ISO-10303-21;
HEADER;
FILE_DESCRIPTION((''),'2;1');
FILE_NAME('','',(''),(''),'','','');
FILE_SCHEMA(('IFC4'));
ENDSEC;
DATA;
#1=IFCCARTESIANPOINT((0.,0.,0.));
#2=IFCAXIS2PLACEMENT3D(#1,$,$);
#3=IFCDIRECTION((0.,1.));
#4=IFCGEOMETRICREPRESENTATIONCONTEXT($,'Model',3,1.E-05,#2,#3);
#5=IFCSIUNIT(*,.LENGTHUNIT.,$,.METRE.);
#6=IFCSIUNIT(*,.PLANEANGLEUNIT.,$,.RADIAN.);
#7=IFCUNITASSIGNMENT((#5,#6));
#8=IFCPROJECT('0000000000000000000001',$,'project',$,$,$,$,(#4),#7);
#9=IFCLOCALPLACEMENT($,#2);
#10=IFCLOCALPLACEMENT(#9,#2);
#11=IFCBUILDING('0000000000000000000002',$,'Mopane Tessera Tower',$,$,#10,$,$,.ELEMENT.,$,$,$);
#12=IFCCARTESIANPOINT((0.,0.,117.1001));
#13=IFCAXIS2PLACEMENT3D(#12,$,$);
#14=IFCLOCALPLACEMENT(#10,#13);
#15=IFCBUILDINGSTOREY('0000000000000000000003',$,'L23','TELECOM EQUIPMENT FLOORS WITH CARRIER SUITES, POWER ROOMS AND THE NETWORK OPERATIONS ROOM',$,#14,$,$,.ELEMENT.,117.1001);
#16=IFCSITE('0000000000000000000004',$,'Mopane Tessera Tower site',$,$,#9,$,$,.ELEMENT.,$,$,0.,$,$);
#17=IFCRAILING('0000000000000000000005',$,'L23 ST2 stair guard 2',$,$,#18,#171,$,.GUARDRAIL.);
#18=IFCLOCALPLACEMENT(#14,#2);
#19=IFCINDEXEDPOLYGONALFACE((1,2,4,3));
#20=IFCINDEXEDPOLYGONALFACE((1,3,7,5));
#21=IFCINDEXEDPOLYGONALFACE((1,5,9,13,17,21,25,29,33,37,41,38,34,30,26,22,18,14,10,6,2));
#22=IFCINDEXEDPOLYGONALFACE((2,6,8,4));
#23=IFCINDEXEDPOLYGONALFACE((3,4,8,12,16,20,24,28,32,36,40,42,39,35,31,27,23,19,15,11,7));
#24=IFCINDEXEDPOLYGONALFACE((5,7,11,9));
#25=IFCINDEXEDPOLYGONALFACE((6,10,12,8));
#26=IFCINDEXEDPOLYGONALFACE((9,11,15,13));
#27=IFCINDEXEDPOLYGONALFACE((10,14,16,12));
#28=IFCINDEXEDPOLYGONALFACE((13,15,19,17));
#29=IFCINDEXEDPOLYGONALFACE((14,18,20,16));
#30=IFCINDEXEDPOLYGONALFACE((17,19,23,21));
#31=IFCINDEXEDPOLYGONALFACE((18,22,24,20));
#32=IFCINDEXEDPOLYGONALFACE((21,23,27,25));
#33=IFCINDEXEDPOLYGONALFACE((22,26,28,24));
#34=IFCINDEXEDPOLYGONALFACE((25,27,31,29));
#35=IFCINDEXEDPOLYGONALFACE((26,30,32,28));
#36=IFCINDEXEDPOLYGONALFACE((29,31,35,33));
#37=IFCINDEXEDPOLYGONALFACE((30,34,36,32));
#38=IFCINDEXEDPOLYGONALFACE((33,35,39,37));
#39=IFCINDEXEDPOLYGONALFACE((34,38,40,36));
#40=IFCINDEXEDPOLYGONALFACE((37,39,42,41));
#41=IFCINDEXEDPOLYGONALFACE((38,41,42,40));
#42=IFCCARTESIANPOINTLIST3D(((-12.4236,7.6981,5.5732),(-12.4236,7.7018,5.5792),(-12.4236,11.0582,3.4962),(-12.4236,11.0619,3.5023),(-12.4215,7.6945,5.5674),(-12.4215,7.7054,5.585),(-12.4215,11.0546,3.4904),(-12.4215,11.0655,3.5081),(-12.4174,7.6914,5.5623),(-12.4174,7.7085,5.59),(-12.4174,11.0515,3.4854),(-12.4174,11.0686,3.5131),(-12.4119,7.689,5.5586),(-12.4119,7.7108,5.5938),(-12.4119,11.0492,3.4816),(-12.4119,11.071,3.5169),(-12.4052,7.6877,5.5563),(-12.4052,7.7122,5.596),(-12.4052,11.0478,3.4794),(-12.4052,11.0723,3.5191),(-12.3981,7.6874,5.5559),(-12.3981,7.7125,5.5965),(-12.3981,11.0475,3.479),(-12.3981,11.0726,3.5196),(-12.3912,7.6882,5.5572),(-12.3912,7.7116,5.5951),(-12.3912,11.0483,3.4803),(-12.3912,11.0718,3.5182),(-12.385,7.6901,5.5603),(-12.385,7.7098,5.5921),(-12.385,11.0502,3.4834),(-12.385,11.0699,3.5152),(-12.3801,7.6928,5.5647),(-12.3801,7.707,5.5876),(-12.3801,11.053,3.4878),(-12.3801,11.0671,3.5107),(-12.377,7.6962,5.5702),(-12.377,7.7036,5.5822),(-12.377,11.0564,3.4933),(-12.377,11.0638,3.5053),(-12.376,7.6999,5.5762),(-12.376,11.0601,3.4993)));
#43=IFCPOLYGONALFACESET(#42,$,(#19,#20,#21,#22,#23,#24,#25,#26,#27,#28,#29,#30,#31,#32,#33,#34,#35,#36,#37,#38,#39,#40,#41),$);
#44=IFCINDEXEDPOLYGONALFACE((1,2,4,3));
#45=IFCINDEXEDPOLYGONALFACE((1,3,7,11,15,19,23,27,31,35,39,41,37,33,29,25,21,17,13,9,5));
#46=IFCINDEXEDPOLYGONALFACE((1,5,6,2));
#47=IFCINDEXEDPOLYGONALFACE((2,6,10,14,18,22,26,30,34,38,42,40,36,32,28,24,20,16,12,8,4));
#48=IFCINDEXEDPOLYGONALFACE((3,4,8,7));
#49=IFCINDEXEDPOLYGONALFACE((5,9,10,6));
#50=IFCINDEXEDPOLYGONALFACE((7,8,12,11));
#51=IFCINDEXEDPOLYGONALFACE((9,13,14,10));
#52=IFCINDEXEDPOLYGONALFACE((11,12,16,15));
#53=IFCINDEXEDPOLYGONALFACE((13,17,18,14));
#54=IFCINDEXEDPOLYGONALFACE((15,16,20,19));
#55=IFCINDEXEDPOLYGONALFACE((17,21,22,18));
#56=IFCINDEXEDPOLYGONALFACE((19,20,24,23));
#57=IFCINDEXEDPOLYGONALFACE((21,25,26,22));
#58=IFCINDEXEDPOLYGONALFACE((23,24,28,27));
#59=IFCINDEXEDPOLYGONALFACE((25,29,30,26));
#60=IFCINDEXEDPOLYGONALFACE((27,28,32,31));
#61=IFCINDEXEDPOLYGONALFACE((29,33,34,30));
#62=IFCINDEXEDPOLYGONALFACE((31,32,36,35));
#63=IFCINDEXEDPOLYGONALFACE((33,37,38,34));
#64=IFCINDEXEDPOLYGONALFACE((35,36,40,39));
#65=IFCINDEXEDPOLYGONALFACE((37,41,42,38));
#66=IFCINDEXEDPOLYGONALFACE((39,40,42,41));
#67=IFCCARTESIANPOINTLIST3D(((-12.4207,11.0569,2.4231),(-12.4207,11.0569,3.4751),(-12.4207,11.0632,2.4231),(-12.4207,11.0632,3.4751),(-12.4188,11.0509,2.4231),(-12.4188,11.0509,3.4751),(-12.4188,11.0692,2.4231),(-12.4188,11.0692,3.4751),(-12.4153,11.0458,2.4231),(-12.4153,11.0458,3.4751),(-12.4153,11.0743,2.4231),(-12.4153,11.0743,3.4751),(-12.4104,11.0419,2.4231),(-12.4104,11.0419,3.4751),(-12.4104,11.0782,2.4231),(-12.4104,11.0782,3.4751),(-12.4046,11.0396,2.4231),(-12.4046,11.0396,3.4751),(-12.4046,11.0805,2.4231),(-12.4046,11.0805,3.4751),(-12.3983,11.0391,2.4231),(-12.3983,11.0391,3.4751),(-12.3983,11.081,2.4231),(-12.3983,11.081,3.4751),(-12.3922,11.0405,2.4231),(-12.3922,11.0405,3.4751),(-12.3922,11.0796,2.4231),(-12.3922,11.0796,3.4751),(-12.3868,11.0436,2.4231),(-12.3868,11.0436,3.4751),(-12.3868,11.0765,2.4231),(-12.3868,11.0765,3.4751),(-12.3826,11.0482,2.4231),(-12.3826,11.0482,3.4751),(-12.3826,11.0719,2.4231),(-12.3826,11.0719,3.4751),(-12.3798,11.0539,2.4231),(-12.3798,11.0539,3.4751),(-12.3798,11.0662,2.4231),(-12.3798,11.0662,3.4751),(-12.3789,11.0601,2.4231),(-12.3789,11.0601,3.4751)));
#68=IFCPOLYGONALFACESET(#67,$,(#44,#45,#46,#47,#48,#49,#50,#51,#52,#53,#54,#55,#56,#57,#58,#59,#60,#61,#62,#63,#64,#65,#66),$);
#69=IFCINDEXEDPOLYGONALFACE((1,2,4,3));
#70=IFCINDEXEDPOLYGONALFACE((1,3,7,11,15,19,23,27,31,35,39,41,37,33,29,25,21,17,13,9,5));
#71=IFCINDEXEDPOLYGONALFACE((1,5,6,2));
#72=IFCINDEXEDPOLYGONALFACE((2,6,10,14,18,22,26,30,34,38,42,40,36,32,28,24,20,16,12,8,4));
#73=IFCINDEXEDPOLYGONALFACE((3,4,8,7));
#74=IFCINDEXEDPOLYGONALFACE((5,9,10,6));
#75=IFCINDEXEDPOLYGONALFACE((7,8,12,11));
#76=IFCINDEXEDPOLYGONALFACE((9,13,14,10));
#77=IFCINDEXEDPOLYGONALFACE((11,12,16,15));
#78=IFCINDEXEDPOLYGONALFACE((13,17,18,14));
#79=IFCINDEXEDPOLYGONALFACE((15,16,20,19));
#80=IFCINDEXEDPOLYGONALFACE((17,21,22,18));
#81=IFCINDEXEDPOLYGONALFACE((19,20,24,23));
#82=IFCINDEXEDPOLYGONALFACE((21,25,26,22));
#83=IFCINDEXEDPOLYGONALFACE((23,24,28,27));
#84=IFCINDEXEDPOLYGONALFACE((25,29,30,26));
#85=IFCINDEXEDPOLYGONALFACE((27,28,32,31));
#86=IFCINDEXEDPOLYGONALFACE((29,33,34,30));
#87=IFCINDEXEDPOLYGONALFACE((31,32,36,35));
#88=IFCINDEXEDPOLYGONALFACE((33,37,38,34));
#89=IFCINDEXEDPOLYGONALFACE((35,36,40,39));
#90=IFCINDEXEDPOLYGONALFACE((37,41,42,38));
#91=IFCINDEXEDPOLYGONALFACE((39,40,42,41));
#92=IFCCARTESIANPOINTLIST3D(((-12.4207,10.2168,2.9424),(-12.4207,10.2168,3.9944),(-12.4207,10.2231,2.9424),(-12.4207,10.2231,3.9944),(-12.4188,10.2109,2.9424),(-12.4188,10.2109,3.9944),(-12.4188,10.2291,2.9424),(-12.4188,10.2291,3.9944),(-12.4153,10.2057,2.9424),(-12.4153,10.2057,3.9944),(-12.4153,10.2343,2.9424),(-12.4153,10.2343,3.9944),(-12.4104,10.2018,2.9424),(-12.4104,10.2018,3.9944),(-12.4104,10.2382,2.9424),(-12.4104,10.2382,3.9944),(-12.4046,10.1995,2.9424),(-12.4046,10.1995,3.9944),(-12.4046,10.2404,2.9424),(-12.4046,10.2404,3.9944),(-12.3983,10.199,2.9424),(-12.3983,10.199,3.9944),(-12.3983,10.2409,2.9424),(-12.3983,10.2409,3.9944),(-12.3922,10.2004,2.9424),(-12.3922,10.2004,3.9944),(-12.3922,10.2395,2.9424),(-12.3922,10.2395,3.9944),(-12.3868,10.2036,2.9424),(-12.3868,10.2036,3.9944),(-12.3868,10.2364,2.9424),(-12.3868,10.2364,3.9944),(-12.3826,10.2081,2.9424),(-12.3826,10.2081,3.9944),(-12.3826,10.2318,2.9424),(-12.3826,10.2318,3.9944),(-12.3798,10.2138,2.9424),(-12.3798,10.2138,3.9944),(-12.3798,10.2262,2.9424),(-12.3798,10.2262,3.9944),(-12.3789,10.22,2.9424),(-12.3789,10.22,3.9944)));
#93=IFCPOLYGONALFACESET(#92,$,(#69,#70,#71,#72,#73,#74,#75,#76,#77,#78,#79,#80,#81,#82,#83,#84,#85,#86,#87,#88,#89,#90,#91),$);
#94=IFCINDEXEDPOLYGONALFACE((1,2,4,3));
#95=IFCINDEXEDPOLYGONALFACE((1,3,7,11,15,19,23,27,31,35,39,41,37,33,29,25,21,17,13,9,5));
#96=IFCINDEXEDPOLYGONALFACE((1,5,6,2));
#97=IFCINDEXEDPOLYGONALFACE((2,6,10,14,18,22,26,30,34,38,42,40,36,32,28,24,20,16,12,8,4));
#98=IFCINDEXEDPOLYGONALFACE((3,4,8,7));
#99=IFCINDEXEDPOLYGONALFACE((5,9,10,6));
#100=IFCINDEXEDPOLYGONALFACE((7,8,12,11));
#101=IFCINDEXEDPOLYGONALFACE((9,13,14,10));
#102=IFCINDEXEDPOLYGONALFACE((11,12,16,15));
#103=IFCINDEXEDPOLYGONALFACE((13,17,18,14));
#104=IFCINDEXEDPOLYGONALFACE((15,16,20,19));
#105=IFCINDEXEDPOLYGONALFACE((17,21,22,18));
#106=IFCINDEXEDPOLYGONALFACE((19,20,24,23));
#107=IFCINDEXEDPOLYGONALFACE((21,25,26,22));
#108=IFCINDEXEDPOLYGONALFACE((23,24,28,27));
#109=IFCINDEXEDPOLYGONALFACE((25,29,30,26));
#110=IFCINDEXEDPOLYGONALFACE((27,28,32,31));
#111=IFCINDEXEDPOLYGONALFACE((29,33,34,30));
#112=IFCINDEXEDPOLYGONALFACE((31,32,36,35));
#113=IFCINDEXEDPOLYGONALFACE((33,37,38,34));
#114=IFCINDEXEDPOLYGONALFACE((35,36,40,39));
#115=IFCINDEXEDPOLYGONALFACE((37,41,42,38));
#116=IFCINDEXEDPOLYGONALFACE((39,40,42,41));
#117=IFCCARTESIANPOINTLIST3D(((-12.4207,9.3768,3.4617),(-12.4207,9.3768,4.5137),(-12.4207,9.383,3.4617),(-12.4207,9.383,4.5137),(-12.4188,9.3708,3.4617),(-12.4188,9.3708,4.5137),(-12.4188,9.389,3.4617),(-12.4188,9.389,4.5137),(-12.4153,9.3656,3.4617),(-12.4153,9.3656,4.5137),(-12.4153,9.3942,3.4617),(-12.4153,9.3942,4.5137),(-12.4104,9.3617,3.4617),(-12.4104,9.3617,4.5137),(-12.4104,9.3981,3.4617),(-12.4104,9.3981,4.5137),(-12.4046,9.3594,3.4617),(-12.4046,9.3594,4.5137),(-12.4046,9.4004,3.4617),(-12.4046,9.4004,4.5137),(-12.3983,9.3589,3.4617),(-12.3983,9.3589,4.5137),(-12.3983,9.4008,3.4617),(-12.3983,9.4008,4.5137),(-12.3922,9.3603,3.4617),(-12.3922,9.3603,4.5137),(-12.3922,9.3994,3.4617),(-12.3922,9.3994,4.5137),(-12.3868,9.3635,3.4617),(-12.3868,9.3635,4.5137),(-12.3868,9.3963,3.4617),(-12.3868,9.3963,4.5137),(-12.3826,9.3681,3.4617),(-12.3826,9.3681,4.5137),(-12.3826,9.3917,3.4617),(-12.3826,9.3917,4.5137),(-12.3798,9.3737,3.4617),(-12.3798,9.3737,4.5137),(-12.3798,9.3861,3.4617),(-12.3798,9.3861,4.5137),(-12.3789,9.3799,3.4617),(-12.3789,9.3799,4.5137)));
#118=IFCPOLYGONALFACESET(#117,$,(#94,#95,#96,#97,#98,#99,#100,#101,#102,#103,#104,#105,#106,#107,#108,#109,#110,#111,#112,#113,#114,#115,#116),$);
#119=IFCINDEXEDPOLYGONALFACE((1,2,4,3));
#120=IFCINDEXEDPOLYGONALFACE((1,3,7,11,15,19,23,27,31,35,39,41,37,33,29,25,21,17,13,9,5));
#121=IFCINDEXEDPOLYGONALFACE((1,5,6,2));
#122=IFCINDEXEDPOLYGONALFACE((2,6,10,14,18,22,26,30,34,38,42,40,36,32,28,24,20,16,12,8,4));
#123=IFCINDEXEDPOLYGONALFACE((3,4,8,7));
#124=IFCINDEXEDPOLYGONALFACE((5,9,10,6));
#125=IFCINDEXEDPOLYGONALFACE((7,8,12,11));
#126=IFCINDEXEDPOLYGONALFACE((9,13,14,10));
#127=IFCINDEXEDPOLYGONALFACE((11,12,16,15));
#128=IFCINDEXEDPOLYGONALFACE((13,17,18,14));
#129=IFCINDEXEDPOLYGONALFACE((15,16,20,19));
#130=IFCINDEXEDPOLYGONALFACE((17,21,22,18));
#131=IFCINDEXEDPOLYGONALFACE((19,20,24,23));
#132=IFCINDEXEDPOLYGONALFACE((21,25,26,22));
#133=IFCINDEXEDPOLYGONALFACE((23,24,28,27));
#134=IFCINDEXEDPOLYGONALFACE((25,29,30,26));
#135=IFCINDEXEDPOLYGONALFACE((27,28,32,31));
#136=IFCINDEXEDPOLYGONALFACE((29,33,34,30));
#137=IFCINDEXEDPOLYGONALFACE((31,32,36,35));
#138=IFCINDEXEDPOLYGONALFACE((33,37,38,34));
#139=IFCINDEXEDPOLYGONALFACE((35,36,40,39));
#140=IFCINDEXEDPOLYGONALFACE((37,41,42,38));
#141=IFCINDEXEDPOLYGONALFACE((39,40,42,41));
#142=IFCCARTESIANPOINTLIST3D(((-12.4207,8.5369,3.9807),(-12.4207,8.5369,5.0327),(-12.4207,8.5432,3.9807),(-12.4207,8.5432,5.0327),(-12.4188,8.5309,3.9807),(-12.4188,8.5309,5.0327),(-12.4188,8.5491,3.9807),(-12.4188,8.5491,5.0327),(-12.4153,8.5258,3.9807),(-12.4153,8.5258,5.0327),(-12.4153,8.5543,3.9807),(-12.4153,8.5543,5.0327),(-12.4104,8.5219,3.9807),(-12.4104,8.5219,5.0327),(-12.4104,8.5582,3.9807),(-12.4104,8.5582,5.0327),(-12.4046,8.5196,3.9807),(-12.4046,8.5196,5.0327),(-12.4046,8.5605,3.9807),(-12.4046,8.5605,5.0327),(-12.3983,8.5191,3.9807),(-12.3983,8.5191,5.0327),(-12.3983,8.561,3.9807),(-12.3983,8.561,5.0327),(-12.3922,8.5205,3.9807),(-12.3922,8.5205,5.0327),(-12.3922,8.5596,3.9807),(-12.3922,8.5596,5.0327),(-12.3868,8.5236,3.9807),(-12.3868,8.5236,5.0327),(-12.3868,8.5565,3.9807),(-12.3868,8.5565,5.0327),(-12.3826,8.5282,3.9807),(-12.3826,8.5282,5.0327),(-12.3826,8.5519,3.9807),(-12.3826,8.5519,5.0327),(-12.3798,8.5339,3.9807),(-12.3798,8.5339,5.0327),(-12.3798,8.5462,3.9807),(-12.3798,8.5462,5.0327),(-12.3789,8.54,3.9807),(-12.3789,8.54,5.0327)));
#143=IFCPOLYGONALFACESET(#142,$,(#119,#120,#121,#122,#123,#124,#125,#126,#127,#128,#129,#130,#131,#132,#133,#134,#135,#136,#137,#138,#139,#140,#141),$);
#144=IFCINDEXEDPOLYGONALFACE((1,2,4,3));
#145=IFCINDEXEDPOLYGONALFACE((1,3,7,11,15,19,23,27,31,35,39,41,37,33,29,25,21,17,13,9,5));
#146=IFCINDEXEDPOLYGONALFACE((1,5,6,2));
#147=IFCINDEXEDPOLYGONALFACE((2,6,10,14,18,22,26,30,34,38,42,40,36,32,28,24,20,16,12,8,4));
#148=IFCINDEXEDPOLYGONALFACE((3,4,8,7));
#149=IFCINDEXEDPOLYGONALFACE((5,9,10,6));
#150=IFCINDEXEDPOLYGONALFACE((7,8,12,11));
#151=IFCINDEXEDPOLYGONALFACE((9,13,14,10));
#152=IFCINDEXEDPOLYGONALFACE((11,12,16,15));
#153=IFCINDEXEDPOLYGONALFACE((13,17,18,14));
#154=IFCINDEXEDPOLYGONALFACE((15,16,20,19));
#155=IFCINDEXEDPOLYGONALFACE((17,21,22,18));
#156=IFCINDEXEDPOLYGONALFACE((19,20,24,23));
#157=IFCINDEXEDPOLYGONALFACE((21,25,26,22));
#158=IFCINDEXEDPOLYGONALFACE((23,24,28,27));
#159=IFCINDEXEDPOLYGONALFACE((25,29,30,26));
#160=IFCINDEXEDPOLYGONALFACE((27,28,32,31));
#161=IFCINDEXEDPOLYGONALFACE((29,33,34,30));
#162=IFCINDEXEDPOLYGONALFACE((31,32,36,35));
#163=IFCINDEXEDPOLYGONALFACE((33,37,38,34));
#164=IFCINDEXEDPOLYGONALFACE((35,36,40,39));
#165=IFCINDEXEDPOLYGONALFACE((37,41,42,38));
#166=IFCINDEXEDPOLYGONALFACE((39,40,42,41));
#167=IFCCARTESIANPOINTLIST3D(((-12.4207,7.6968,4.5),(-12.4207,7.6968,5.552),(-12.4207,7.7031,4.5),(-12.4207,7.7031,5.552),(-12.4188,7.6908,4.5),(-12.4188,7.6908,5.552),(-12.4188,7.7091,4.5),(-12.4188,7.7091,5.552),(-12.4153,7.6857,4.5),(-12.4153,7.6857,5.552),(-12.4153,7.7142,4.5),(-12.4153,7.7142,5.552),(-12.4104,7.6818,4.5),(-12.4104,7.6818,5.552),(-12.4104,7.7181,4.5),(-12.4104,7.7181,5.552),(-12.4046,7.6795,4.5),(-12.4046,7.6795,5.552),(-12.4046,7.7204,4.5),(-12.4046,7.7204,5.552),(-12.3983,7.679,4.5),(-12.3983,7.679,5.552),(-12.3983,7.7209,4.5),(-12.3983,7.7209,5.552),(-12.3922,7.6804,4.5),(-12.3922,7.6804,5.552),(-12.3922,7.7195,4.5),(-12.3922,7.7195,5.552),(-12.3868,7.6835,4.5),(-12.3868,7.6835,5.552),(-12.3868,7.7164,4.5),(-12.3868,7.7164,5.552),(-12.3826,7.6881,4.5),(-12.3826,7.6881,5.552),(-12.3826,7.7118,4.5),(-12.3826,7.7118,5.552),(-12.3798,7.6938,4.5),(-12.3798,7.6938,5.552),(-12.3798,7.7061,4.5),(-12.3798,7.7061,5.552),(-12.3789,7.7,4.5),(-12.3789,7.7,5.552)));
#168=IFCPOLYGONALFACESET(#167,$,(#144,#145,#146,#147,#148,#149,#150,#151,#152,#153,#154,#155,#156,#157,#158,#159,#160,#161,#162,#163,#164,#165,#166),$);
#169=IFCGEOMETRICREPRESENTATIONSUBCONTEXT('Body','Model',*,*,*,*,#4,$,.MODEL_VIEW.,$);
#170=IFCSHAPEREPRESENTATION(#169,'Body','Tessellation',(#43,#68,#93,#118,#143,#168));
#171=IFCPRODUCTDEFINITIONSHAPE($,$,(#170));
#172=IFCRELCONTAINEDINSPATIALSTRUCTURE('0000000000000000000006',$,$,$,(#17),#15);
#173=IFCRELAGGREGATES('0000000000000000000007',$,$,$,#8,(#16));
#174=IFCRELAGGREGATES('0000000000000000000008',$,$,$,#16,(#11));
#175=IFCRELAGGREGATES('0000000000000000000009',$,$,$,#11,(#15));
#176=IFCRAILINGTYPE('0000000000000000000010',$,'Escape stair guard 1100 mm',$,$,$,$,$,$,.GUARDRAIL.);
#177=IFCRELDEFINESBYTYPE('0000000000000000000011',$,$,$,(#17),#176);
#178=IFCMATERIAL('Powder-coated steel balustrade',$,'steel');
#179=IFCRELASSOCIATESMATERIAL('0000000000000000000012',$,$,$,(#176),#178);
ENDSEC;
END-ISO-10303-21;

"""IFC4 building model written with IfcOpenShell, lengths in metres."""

from ifc_helpers import new_model, si_unit, direction, frame, origin, origin_2d, place, context, subcontext, project, spatial, circle, extrude, material, type_object, element, save


model = new_model("IFC4")

# Units and contexts
model_context = context("Model", 3, precision=1e-05, world=origin(), true_north=direction((0.0, 1.0)))
body_context = subcontext(model_context, "Body", "Model", "MODEL_VIEW")
ifc_project = project(units=[si_unit("LENGTHUNIT", "METRE"), si_unit("PLANEANGLEUNIT", "RADIAN")], contexts=[model_context])

# Site, building, storey
site_placement = place(None, origin())
site = spatial("IfcSite", under=ifc_project, at=site_placement, Name="Mopane Tessera Tower site", CompositionType="ELEMENT", RefElevation=0.0)
building_placement = place(site_placement, origin())
building = spatial("IfcBuilding", under=site, at=building_placement, Name="Mopane Tessera Tower", CompositionType="ELEMENT")
storey_placement = place(building_placement, frame((0.0, 0.0, 117.1001)))
storey = spatial("IfcBuildingStorey", under=building, at=storey_placement, Name="L23", Description="TELECOM EQUIPMENT FLOORS WITH CARRIER SUITES, POWER ROOMS AND THE NETWORK OPERATIONS ROOM", CompositionType="ELEMENT", Elevation=117.1001)

# Railing
ifc_material_1 = material(Name="Powder-coated steel balustrade", Category="steel")
railing_type_1 = type_object("IfcRailingType", Name="Escape stair guard 1100 mm", PredefinedType="GUARDRAIL", material=ifc_material_1)
railing_1_placement = place(storey_placement, frame((-12.3999, 11.0601, 2.4231)))
element("IfcRailing", 1, at=railing_1_placement, inside=storey, type_object=railing_type_1, Name="L23 ST2 stair guard 2", PredefinedType="GUARDRAIL", context=body_context, shape_type="SweptSolid", body=[
    extrude(circle(Radius=0.0239, at=origin_2d()), frame((0.0, 0.0, 1.0762), z_axis=(0.0, -0.850623, 0.525776), x_axis=(1.0, 0.0, 0.0)), (0.0, 0.0, 1.0), 3.9502),
    extrude(circle(Radius=0.021, at=origin_2d()), origin(), (0.0, 0.0, 1.0), 1.052),
    extrude(circle(Radius=0.021, at=origin_2d()), frame((0.0, -0.8401, 0.5193)), (0.0, 0.0, 1.0), 1.052),
    extrude(circle(Radius=0.021, at=origin_2d()), frame((0.0, -1.6802, 1.0386)), (0.0, 0.0, 1.0), 1.052),
    extrude(circle(Radius=0.021, at=origin_2d()), frame((0.0, -2.52, 1.5576)), (0.0, 0.0, 1.0), 1.052),
    extrude(circle(Radius=0.021, at=origin_2d()), frame((0.0, -3.3601, 2.0769)), (0.0, 0.0, 1.0), 1.052),
])

save(model, "model.ifc")
